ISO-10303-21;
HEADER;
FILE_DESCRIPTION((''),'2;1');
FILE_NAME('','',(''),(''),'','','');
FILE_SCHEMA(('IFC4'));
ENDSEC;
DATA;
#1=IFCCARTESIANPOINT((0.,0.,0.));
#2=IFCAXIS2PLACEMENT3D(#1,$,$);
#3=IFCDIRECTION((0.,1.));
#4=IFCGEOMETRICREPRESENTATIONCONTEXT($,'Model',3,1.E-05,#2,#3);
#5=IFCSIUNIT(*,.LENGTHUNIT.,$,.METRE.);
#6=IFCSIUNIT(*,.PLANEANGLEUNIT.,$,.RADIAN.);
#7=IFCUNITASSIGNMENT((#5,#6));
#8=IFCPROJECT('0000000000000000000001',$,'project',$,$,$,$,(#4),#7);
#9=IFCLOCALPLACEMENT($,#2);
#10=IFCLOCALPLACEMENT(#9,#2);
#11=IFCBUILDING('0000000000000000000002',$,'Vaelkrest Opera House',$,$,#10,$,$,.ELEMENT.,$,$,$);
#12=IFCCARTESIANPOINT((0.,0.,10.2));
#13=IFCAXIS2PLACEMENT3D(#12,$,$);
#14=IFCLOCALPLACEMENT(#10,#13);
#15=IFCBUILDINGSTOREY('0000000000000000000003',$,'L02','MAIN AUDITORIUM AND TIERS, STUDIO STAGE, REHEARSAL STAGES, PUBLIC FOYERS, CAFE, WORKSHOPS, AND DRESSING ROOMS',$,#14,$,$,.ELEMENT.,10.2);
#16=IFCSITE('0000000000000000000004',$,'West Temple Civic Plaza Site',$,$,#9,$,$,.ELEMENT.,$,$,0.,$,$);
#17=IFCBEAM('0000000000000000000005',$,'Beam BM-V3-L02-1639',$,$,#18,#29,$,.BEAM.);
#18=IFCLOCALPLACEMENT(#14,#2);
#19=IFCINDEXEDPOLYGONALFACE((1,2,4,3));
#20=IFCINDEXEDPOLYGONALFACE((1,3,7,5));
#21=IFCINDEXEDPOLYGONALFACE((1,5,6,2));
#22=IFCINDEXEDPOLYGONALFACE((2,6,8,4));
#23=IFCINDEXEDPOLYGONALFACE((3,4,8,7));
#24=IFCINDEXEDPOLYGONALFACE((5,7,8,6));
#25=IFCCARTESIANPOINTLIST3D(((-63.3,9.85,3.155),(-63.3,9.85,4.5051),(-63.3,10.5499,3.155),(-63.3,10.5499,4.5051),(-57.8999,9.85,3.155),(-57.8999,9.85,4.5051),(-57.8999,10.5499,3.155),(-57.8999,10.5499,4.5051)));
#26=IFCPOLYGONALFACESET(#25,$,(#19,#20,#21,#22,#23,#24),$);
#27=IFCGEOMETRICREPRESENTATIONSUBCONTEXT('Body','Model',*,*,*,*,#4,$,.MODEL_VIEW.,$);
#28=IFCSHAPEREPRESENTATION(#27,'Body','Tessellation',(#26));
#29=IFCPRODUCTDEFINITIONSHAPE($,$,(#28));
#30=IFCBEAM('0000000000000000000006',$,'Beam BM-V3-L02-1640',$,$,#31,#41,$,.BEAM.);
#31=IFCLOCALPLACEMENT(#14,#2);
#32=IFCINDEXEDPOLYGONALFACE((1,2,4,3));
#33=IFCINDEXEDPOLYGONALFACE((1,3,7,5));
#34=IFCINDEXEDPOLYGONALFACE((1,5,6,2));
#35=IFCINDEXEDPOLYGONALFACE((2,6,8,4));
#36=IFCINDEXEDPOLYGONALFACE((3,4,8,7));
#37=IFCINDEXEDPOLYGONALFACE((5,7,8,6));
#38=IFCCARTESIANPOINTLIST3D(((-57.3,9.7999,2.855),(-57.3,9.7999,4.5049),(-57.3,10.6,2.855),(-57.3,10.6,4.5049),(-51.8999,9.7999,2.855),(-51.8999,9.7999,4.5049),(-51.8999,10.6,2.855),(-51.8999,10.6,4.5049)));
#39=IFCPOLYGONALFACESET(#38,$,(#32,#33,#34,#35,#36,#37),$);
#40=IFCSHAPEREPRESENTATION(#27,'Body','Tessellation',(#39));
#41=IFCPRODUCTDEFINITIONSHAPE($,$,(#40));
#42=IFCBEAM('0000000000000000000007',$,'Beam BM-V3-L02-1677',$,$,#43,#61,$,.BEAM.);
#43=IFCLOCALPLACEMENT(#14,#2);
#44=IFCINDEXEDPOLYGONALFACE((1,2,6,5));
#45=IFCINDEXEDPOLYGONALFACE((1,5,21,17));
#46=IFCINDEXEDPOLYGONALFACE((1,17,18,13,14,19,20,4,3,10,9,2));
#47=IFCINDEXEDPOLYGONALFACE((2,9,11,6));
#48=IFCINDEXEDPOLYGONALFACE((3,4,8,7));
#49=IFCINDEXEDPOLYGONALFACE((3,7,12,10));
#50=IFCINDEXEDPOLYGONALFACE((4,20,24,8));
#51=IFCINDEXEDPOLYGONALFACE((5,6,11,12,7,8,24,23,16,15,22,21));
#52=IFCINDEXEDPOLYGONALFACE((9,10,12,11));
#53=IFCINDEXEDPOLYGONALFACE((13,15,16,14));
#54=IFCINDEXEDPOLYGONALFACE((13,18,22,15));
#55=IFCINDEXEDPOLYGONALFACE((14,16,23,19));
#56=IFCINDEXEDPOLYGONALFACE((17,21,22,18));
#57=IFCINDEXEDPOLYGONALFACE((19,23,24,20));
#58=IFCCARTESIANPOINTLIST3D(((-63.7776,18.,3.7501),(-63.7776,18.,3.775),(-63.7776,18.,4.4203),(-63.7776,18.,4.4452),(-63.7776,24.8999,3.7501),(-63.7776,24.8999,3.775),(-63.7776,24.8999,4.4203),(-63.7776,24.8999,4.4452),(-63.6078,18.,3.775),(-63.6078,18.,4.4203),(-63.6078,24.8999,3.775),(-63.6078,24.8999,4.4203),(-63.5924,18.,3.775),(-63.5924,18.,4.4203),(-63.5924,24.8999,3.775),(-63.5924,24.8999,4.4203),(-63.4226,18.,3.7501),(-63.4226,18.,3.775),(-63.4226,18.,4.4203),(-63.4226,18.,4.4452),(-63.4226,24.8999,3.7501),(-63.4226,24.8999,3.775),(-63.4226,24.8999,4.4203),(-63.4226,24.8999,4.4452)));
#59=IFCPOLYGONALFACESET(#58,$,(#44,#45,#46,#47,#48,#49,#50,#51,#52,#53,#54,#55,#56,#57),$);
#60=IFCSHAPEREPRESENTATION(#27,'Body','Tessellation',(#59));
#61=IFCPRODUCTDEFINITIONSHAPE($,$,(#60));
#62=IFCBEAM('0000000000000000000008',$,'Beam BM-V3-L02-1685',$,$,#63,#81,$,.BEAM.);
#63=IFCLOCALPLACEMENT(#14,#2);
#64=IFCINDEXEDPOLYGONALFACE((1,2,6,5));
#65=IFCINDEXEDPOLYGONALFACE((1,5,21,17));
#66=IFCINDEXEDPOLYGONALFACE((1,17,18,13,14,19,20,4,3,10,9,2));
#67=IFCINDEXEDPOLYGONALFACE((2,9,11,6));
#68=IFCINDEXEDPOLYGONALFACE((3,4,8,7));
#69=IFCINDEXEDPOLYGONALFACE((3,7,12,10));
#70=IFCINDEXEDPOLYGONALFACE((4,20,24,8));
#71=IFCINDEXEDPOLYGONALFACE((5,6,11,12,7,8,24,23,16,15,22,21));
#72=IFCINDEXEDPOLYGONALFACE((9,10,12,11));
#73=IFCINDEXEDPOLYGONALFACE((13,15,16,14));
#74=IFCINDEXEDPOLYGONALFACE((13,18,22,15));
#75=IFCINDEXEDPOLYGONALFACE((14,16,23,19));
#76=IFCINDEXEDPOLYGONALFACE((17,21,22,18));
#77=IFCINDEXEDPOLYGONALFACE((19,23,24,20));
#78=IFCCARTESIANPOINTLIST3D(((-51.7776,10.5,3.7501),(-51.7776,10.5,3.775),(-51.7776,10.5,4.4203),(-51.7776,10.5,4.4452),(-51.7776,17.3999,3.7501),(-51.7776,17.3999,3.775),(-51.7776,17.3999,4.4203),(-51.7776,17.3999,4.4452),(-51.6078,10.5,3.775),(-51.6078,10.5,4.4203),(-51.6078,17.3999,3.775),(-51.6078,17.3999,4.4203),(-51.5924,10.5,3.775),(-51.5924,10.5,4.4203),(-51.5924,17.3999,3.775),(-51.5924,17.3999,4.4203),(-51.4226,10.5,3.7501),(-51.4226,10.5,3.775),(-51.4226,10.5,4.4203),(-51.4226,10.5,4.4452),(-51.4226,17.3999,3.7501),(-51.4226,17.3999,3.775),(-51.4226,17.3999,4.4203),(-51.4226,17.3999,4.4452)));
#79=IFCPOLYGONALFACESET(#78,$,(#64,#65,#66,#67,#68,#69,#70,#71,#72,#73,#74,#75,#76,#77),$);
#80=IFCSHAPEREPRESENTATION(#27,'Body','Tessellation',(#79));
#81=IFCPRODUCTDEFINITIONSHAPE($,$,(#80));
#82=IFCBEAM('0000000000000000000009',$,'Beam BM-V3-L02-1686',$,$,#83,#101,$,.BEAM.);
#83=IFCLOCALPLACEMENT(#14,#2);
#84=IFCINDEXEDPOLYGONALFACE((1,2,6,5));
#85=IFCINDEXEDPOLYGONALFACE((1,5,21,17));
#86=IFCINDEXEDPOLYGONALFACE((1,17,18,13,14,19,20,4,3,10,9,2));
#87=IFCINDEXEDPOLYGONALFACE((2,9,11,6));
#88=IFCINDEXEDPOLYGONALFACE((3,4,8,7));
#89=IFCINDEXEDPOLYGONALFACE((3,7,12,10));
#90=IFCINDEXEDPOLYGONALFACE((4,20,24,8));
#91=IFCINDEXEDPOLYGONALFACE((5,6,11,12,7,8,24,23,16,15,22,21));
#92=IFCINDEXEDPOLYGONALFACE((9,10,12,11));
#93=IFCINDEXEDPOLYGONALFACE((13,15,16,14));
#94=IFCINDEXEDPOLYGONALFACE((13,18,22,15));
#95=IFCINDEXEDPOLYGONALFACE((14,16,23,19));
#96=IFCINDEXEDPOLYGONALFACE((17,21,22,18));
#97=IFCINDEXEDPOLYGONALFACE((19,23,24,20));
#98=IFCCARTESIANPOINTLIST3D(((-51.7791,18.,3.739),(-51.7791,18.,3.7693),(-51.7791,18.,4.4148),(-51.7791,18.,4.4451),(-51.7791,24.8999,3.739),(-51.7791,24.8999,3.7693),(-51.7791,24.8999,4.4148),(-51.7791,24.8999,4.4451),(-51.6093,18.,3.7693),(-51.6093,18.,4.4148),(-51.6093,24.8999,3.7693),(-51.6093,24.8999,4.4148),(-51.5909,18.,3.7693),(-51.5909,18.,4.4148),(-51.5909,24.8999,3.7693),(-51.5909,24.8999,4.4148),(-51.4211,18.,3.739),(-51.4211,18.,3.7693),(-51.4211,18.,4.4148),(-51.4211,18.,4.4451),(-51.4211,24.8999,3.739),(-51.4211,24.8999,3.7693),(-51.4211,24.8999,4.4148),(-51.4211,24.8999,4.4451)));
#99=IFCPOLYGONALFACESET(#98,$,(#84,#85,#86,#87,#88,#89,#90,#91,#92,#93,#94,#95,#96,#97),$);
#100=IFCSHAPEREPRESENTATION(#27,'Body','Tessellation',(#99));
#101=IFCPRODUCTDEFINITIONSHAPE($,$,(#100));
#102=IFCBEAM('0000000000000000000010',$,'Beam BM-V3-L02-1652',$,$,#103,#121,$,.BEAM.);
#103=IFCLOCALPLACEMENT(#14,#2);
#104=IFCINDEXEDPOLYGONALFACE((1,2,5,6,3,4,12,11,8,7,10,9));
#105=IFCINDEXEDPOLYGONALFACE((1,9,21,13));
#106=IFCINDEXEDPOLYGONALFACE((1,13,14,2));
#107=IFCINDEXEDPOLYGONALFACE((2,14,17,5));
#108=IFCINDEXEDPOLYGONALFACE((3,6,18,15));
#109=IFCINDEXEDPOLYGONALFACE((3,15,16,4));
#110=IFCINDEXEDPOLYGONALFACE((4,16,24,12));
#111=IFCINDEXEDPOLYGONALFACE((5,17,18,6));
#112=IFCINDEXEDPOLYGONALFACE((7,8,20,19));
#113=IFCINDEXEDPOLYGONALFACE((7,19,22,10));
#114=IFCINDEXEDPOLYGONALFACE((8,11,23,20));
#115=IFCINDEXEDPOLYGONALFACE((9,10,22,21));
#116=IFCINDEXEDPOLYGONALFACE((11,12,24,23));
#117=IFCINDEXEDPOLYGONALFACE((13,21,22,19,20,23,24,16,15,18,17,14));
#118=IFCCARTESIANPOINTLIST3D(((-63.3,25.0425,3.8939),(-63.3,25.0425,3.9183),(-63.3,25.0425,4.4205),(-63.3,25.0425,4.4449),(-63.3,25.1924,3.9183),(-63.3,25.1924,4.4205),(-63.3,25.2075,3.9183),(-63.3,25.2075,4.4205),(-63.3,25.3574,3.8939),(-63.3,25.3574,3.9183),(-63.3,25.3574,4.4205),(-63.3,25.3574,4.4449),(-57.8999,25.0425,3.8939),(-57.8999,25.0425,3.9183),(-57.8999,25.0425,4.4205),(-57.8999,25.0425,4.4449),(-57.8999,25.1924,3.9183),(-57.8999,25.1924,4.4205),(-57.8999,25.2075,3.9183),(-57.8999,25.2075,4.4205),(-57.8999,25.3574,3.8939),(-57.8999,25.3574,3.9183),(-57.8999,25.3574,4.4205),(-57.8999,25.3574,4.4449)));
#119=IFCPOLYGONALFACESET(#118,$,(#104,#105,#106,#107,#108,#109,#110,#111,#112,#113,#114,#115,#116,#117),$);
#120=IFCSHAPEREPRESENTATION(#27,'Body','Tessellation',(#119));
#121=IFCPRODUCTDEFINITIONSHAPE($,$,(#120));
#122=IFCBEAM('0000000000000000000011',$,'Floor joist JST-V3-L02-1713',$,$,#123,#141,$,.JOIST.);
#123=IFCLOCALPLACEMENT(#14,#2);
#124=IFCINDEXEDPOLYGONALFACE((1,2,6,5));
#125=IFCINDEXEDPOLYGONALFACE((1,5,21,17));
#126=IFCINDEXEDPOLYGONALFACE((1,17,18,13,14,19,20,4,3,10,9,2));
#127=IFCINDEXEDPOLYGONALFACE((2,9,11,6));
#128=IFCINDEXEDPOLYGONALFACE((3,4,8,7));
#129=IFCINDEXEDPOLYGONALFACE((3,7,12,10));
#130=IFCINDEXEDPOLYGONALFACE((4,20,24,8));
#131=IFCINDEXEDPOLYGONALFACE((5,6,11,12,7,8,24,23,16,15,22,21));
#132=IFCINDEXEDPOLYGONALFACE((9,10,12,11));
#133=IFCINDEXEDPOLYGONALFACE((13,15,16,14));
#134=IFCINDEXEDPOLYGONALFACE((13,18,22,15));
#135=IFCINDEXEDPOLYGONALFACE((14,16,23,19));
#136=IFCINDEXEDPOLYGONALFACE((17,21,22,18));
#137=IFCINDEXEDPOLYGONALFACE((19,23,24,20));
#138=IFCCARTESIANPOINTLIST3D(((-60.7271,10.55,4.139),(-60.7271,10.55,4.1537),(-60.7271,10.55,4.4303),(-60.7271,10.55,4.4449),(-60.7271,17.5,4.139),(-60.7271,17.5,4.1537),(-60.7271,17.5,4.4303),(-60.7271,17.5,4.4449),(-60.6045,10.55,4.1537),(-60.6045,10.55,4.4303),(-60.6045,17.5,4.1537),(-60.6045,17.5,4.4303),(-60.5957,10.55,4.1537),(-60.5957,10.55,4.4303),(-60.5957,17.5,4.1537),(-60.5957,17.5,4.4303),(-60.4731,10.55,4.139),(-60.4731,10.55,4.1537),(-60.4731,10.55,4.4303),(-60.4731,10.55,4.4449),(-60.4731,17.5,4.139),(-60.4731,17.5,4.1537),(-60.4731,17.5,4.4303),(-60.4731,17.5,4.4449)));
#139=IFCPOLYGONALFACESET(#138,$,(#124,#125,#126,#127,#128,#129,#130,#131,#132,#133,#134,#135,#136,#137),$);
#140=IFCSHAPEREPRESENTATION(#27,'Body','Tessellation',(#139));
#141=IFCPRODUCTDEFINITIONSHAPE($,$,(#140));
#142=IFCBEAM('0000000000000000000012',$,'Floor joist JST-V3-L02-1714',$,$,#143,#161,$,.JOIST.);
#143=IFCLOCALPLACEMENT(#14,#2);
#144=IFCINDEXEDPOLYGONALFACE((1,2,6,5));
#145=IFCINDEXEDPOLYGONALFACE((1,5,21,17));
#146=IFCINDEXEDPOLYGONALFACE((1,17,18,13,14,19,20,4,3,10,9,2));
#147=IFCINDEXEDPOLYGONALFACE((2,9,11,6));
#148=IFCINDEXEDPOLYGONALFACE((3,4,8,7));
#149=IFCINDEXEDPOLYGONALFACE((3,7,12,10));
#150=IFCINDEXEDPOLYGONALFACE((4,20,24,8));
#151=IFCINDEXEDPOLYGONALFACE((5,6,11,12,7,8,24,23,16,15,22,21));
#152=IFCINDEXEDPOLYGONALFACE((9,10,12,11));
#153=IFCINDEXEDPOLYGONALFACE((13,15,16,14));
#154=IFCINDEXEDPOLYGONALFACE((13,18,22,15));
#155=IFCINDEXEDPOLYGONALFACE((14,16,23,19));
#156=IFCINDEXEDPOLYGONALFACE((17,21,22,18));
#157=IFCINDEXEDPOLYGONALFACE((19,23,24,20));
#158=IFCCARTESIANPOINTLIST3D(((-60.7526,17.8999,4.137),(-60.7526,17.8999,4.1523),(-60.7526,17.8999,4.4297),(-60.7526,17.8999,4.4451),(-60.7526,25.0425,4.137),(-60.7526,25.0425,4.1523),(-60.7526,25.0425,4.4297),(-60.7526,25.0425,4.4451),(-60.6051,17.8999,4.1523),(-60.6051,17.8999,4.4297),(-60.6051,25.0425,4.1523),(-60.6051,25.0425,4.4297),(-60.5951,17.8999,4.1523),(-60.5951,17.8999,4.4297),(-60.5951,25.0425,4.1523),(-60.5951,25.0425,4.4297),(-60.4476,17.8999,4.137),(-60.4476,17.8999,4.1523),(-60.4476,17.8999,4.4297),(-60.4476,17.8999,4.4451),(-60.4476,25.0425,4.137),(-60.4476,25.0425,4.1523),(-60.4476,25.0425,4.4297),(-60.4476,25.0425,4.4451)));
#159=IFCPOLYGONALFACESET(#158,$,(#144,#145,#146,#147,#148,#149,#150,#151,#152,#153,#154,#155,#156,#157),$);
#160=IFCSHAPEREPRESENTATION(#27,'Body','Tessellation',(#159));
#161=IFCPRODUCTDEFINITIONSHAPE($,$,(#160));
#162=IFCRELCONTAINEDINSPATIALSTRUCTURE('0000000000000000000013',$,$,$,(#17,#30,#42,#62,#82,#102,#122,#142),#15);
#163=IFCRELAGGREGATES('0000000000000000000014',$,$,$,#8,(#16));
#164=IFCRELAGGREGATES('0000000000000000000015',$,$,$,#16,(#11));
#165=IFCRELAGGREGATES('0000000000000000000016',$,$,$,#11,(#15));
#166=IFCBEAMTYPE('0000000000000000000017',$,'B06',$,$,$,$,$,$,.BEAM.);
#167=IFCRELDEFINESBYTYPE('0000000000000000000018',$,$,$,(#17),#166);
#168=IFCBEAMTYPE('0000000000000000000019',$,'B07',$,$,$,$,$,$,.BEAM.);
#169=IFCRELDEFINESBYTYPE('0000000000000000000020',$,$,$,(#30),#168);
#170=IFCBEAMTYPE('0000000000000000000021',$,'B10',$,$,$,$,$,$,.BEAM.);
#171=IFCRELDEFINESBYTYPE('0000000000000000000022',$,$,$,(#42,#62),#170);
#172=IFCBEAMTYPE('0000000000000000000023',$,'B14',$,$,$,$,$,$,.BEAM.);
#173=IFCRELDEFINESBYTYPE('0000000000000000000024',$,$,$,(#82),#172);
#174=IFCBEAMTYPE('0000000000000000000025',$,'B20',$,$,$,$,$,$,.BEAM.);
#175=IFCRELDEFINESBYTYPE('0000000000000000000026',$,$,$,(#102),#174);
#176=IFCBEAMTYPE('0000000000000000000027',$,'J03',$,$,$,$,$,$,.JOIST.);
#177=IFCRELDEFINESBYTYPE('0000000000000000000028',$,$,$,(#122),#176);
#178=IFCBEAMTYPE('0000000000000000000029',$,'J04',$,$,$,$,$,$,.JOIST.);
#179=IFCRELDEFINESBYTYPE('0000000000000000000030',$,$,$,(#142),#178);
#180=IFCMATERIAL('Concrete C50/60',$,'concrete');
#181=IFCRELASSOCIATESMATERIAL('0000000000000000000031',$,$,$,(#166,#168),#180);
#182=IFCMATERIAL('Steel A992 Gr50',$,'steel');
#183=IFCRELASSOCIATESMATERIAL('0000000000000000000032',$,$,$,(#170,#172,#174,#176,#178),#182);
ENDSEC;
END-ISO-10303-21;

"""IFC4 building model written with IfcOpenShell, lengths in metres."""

from ifc_helpers import new_model, si_unit, direction, frame, origin, origin_2d, place, context, subcontext, project, spatial, rectangle, i_section, extrude, material, material_profile, profile_set, type_object, element, save


model = new_model("IFC4")

# Units and contexts
model_context = context("Model", 3, precision=1e-05, world=origin(), true_north=direction((0.0, 1.0)))
body_context = subcontext(model_context, "Body", "Model", "MODEL_VIEW")
ifc_project = project(units=[si_unit("LENGTHUNIT", "METRE"), si_unit("PLANEANGLEUNIT", "RADIAN")], contexts=[model_context])

# Site, building, storey
site_placement = place(None, origin())
site = spatial("IfcSite", under=ifc_project, at=site_placement, Name="West Temple Civic Plaza Site", CompositionType="ELEMENT", RefElevation=0.0)
building_placement = place(site_placement, origin())
building = spatial("IfcBuilding", under=site, at=building_placement, Name="Vaelkrest Opera House", CompositionType="ELEMENT")
storey_placement = place(building_placement, frame((0.0, 0.0, 10.2)))
storey = spatial("IfcBuildingStorey", under=building, at=storey_placement, Name="L02", Description="MAIN AUDITORIUM AND TIERS, STUDIO STAGE, REHEARSAL STAGES, PUBLIC FOYERS, CAFE, WORKSHOPS, AND DRESSING ROOMS", CompositionType="ELEMENT", Elevation=10.2)

# Shared definitions
ifc_material_1 = material(Name="Concrete C50/60", Category="concrete")

# Beams
ifc_material_profile_1 = material_profile(ifc_material_1, rectangle(XDim=0.7, YDim=1.3501, at=origin_2d()), Name="RCB700X1350")
ifc_profile_set_1 = profile_set([ifc_material_profile_1], Name="Concrete C50/60")
beam_type_1 = type_object("IfcBeamType", Name="B06", PredefinedType="BEAM", material=ifc_profile_set_1)
beam_1_placement = place(storey_placement, frame((-63.3, 10.2, 3.8301), z_axis=(1.0, 0.0, 0.0), x_axis=(0.0, 1.0, 0.0)))
element("IfcBeam", 1, at=beam_1_placement, inside=storey, type_object=beam_type_1, Name="Beam BM-V3-L02-1639", PredefinedType="BEAM", context=body_context, shape_type="SweptSolid", body=[
    extrude(rectangle(XDim=0.7, YDim=1.3501, at=origin_2d()), origin(), (0.0, 0.0, 1.0), 5.4001),
])
ifc_material_profile_2 = material_profile(ifc_material_1, rectangle(XDim=0.8, YDim=1.6499, at=origin_2d()), Name="RCB800X1650")
ifc_profile_set_2 = profile_set([ifc_material_profile_2], Name="Concrete C50/60")
beam_type_2 = type_object("IfcBeamType", Name="B07", PredefinedType="BEAM", material=ifc_profile_set_2)
beam_2_placement = place(storey_placement, frame((-57.3, 10.2, 3.6799), z_axis=(1.0, 0.0, 0.0), x_axis=(0.0, 1.0, 0.0)))
element("IfcBeam", 2, at=beam_2_placement, inside=storey, type_object=beam_type_2, Name="Beam BM-V3-L02-1640", PredefinedType="BEAM", context=body_context, shape_type="SweptSolid", body=[
    extrude(rectangle(XDim=0.8, YDim=1.6499, at=origin_2d()), origin(), (0.0, 0.0, 1.0), 5.4001),
])
ifc_material_2 = material(Name="Steel A992 Gr50", Category="steel")
ifc_material_profile_3 = material_profile(ifc_material_2, i_section(OverallWidth=0.355, OverallDepth=0.6951, WebThickness=0.0154, FlangeThickness=0.0249, at=origin_2d()), Name="W27X146")
ifc_profile_set_3 = profile_set([ifc_material_profile_3], Name="Steel A992 Gr50")
beam_type_3 = type_object("IfcBeamType", Name="B10", PredefinedType="BEAM", material=ifc_profile_set_3)
for number, where, z_axis, x_axis, name in (
    (3, (-63.6001, 18.0, 4.0977), (0.0, 1.0, 0.0), (-1.0, 0.0, 0.0), "Beam BM-V3-L02-1677"),
    (4, (-51.6001, 10.5, 4.0977), (0.0, 1.0, 0.0), (-1.0, 0.0, 0.0), "Beam BM-V3-L02-1685"),
):
    element("IfcBeam", number, at=place(storey_placement, frame(where, z_axis=z_axis, x_axis=x_axis)), inside=storey, type_object=beam_type_3, Name=name, PredefinedType="BEAM", context=body_context, shape_type="SweptSolid", body=[
        extrude(i_section(OverallWidth=0.355, OverallDepth=0.6951, WebThickness=0.0154, FlangeThickness=0.0249, at=origin_2d()), origin(), (0.0, 0.0, 1.0), 6.8999),
    ])
ifc_material_profile_4 = material_profile(ifc_material_2, i_section(OverallWidth=0.3579, OverallDepth=0.7061, WebThickness=0.0183, FlangeThickness=0.0303, at=origin_2d()), Name="W27X178")
ifc_profile_set_4 = profile_set([ifc_material_profile_4], Name="Steel A992 Gr50")
beam_type_4 = type_object("IfcBeamType", Name="B14", PredefinedType="BEAM", material=ifc_profile_set_4)
beam_3_placement = place(storey_placement, frame((-51.6001, 18.0, 4.092), z_axis=(0.0, 1.0, 0.0), x_axis=(-1.0, 0.0, 0.0)))
element("IfcBeam", 5, at=beam_3_placement, inside=storey, type_object=beam_type_4, Name="Beam BM-V3-L02-1686", PredefinedType="BEAM", context=body_context, shape_type="SweptSolid", body=[
    extrude(i_section(OverallWidth=0.3579, OverallDepth=0.7061, WebThickness=0.0183, FlangeThickness=0.0303, at=origin_2d()), origin(), (0.0, 0.0, 1.0), 6.8999),
])
ifc_material_profile_5 = material_profile(ifc_material_2, i_section(OverallWidth=0.3149, OverallDepth=0.551, WebThickness=0.0151, FlangeThickness=0.0244, at=origin_2d()), Name="W21X122")
ifc_profile_set_5 = profile_set([ifc_material_profile_5], Name="Steel A992 Gr50")
beam_type_5 = type_object("IfcBeamType", Name="B20", PredefinedType="BEAM", material=ifc_profile_set_5)
beam_4_placement = place(storey_placement, frame((-63.3, 25.2, 4.1694), z_axis=(1.0, 0.0, 0.0), x_axis=(0.0, 1.0, 0.0)))
element("IfcBeam", 6, at=beam_4_placement, inside=storey, type_object=beam_type_5, Name="Beam BM-V3-L02-1652", PredefinedType="BEAM", context=body_context, shape_type="SweptSolid", body=[
    extrude(i_section(OverallWidth=0.3149, OverallDepth=0.551, WebThickness=0.0151, FlangeThickness=0.0244, at=origin_2d()), origin(), (0.0, 0.0, 1.0), 5.4001),
])
ifc_material_profile_6 = material_profile(ifc_material_2, i_section(OverallWidth=0.2539, OverallDepth=0.3059, WebThickness=0.0088, FlangeThickness=0.0146, at=origin_2d()), Name="W12X53")
ifc_profile_set_6 = profile_set([ifc_material_profile_6], Name="Steel A992 Gr50")
beam_type_6 = type_object("IfcBeamType", Name="J03", PredefinedType="JOIST", material=ifc_profile_set_6)
beam_5_placement = place(storey_placement, frame((-60.6001, 10.55, 4.292), z_axis=(0.0, 1.0, 0.0), x_axis=(-1.0, 0.0, 0.0)))
element("IfcBeam", 7, at=beam_5_placement, inside=storey, type_object=beam_type_6, Name="Floor joist JST-V3-L02-1713", PredefinedType="JOIST", context=body_context, shape_type="SweptSolid", body=[
    extrude(i_section(OverallWidth=0.2539, OverallDepth=0.3059, WebThickness=0.0088, FlangeThickness=0.0146, at=origin_2d()), origin(), (0.0, 0.0, 1.0), 6.95),
])
ifc_material_profile_7 = material_profile(ifc_material_2, i_section(OverallWidth=0.3049, OverallDepth=0.3081, WebThickness=0.01, FlangeThickness=0.0154, at=origin_2d()), Name="W12X65")
ifc_profile_set_7 = profile_set([ifc_material_profile_7], Name="Steel A992 Gr50")
beam_type_7 = type_object("IfcBeamType", Name="J04", PredefinedType="JOIST", material=ifc_profile_set_7)
beam_6_placement = place(storey_placement, frame((-60.6001, 17.8999, 4.291), z_axis=(0.0, 1.0, 0.0), x_axis=(-1.0, 0.0, 0.0)))
element("IfcBeam", 8, at=beam_6_placement, inside=storey, type_object=beam_type_7, Name="Floor joist JST-V3-L02-1714", PredefinedType="JOIST", context=body_context, shape_type="SweptSolid", body=[
    extrude(i_section(OverallWidth=0.3049, OverallDepth=0.3081, WebThickness=0.01, FlangeThickness=0.0154, at=origin_2d()), origin(), (0.0, 0.0, 1.0), 7.1426),
])

save(model, "model.ifc")
